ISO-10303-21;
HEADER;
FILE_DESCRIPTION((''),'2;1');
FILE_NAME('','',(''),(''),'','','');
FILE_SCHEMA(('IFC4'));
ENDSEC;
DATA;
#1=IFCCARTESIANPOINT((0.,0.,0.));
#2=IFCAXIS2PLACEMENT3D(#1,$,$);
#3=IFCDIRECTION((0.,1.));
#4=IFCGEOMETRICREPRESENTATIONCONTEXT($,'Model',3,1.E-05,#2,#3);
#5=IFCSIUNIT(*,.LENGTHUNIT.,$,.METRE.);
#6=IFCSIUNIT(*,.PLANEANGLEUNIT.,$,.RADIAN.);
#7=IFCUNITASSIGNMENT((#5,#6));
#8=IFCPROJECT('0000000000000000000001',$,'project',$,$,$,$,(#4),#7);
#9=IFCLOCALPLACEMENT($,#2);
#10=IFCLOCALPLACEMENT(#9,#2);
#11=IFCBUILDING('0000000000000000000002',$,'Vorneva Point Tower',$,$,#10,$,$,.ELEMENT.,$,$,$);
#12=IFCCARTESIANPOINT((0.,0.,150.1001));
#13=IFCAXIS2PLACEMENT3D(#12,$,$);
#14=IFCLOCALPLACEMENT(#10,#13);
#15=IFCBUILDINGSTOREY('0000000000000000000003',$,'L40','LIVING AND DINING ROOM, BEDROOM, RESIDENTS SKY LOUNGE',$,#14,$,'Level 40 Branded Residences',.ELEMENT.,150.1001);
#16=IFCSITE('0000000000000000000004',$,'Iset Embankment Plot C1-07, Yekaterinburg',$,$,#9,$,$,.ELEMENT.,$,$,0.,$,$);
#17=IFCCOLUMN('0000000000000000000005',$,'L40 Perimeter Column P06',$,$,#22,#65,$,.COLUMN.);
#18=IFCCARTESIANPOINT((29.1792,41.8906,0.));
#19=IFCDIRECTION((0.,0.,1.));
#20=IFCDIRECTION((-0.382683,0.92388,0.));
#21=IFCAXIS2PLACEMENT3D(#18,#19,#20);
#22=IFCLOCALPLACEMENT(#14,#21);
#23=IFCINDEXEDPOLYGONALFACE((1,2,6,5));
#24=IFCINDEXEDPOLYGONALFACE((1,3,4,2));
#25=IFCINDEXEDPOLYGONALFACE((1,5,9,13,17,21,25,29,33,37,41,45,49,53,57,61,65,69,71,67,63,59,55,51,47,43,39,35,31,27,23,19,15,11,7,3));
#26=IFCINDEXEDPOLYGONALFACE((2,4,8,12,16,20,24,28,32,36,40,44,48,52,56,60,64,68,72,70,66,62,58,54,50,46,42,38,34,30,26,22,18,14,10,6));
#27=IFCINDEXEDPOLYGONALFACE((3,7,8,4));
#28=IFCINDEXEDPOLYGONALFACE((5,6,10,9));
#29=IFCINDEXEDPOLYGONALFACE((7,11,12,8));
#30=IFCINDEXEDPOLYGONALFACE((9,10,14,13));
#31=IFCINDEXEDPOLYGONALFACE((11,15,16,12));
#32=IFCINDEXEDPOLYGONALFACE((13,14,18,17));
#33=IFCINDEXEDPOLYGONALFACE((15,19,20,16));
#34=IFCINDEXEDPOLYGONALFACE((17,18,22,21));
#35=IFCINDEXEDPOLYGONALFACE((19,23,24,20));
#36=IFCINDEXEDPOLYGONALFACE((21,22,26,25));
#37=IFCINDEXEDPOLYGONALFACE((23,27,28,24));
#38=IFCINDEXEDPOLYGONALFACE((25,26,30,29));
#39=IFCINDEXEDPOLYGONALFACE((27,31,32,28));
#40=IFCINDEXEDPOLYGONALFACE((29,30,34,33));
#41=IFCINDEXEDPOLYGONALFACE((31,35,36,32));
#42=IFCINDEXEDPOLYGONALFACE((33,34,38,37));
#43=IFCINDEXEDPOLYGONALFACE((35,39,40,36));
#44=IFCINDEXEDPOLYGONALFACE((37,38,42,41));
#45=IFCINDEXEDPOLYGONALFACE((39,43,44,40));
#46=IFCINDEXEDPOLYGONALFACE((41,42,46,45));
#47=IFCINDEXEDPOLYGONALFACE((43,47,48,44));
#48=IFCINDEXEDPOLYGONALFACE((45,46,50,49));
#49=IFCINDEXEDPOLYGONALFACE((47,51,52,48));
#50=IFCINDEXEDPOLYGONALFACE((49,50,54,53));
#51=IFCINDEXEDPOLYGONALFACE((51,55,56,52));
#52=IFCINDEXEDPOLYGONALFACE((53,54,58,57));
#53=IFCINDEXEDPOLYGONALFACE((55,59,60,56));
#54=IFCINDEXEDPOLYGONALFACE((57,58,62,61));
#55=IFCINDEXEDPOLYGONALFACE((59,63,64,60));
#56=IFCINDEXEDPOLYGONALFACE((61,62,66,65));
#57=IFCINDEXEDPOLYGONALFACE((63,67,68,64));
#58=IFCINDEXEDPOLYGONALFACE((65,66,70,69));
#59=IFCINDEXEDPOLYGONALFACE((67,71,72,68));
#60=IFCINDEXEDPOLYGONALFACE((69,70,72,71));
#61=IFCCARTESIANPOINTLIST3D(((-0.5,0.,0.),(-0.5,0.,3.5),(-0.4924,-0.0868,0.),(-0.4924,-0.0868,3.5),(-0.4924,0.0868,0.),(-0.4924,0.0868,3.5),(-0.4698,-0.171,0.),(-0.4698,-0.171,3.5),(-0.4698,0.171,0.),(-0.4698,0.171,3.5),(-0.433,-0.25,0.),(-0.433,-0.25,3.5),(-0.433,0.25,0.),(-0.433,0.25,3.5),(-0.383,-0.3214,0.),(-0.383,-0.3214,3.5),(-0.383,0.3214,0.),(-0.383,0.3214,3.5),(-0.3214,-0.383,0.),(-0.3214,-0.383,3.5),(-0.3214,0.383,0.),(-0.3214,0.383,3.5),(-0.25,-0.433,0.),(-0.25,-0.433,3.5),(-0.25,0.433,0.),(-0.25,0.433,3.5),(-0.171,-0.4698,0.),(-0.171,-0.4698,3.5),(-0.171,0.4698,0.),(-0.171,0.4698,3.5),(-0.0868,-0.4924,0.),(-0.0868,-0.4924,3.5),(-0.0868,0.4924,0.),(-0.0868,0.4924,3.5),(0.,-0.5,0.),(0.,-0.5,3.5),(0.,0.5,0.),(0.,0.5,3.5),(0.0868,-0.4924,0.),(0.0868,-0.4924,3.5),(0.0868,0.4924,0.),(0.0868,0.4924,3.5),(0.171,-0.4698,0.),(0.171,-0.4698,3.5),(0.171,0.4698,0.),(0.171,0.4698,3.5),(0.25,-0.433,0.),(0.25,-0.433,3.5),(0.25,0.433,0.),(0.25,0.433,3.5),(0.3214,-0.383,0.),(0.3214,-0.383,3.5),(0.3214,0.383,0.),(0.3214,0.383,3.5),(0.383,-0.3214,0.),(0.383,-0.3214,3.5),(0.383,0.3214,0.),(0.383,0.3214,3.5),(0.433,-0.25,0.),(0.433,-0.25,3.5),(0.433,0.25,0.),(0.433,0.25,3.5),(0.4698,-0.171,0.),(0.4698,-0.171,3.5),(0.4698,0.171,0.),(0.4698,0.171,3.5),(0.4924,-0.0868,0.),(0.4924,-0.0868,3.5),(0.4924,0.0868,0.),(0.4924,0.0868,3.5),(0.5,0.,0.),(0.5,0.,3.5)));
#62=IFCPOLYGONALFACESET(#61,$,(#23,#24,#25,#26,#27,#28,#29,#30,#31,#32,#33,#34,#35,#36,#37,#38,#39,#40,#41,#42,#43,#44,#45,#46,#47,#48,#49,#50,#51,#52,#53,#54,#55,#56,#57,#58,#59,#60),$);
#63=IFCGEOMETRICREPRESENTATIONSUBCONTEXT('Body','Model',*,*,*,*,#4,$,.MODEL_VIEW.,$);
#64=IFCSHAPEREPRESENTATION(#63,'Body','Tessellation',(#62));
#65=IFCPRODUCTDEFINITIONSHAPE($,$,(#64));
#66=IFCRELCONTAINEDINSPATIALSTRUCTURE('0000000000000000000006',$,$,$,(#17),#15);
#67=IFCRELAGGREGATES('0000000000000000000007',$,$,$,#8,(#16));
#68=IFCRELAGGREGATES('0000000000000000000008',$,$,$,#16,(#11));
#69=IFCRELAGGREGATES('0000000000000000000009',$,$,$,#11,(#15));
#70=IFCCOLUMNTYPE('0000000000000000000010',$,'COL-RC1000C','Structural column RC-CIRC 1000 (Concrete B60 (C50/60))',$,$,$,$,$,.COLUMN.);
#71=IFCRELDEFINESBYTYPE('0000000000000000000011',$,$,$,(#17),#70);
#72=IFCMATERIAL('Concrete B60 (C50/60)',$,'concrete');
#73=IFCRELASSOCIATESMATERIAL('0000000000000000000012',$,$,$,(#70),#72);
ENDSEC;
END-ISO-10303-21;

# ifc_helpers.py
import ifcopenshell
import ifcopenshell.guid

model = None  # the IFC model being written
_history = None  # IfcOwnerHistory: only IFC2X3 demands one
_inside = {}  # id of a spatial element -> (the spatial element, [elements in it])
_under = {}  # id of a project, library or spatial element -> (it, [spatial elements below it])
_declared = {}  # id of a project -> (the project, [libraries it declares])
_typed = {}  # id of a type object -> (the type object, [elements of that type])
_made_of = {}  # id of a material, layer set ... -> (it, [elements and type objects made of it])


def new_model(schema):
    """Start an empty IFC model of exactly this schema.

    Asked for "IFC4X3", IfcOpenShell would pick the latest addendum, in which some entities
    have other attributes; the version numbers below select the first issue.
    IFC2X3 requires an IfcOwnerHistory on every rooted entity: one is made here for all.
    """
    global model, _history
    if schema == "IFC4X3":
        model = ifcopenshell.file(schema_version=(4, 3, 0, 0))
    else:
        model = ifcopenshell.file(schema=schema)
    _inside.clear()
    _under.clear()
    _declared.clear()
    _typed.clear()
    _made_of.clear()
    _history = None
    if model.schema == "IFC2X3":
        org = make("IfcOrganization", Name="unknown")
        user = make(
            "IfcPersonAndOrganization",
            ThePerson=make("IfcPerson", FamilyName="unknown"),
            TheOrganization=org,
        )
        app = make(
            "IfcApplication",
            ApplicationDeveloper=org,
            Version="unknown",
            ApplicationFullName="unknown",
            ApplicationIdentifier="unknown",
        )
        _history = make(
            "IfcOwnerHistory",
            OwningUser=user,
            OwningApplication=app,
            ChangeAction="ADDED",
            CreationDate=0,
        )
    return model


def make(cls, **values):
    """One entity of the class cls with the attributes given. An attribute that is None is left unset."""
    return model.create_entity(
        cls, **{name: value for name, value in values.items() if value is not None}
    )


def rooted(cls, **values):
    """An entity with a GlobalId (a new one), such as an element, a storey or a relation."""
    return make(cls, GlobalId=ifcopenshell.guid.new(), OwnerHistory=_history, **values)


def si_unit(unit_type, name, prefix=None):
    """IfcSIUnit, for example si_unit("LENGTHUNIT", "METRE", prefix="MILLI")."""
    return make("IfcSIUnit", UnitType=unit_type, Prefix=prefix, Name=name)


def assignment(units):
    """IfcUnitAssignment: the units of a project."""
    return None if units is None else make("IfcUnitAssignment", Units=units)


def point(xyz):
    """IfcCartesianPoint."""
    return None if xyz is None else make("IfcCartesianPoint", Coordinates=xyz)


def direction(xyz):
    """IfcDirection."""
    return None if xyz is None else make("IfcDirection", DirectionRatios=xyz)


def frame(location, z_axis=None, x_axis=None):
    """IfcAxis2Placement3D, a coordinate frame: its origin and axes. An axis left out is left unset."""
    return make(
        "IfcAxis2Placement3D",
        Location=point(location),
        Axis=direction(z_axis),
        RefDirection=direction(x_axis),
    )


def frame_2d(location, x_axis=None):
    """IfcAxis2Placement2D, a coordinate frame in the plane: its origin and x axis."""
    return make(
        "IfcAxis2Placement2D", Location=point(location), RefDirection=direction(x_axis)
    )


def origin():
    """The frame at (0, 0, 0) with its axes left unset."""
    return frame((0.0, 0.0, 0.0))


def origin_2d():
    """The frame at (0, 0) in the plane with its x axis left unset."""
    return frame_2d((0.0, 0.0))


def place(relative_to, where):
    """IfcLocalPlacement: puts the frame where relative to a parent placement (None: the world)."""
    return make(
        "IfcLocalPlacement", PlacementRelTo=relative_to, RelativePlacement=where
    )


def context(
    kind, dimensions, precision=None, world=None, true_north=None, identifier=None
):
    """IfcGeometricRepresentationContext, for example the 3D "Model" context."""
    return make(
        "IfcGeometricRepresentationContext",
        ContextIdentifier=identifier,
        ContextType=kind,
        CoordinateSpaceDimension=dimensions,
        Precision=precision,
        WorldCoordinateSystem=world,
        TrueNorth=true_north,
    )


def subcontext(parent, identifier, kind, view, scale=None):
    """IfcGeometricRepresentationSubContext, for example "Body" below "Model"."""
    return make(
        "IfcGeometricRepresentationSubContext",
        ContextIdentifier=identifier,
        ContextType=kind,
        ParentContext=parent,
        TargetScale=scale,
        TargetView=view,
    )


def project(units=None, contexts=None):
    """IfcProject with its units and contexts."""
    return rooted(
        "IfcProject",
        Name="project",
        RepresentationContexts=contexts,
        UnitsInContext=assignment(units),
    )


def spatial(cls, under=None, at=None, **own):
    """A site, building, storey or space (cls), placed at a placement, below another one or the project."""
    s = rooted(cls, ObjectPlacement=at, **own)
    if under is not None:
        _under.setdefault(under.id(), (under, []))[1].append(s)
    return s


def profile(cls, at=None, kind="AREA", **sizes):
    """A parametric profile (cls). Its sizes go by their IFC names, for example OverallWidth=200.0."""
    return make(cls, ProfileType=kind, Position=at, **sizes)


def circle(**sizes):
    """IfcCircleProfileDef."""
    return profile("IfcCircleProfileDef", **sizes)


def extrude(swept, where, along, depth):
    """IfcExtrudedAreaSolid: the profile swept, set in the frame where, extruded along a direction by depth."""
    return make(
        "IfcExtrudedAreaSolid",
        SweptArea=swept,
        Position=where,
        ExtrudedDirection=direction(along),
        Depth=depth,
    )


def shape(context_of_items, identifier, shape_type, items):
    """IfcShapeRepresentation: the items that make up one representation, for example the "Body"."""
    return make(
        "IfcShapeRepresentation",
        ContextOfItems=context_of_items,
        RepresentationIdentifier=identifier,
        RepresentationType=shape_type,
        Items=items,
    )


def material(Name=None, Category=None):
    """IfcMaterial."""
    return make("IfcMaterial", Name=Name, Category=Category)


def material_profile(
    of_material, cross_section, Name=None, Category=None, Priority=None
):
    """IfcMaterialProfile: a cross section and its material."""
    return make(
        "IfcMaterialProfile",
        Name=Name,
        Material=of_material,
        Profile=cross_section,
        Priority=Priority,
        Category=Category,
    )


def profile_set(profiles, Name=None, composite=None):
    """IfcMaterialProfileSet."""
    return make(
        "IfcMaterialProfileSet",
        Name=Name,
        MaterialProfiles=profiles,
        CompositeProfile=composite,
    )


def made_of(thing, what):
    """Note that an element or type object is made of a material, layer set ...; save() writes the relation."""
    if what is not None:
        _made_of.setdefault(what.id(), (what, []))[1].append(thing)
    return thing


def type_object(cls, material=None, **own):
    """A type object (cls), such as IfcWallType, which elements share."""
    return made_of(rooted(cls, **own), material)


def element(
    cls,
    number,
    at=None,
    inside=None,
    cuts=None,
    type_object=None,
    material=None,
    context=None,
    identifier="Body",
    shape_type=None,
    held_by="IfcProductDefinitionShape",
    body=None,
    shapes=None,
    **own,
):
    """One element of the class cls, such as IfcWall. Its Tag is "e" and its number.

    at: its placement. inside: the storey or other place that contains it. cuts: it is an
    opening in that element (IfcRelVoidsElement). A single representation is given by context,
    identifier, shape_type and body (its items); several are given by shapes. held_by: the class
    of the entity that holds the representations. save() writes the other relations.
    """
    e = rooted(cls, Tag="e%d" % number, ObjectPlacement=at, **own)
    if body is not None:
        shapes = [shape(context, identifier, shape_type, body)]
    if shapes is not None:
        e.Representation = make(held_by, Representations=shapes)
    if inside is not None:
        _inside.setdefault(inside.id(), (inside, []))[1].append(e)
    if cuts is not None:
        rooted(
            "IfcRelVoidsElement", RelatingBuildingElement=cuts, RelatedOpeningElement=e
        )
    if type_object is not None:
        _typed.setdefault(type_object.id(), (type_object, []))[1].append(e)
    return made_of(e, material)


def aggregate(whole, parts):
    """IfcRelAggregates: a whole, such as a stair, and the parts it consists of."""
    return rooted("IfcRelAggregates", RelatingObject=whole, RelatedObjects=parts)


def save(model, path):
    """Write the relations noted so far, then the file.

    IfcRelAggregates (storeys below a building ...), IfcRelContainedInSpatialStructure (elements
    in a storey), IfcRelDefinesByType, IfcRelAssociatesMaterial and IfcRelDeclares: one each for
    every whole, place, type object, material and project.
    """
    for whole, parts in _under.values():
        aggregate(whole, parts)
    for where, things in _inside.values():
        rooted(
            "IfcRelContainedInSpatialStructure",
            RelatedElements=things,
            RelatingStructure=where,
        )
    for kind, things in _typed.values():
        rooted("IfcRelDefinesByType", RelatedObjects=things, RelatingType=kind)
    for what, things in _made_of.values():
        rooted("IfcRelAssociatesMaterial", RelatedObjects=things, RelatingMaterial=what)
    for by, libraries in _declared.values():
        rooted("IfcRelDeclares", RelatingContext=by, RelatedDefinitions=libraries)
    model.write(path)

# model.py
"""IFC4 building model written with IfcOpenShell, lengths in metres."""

from ifc_helpers import new_model, si_unit, direction, frame, origin, origin_2d, place, context, subcontext, project, spatial, circle, extrude, material, material_profile, profile_set, type_object, element, save


model = new_model("IFC4")

# Units and contexts
model_context = context("Model", 3, precision=1e-05, world=origin(), true_north=direction((0.0, 1.0)))
body_context = subcontext(model_context, "Body", "Model", "MODEL_VIEW")
ifc_project = project(units=[si_unit("LENGTHUNIT", "METRE"), si_unit("PLANEANGLEUNIT", "RADIAN")], contexts=[model_context])

# Site, building, storey
site_placement = place(None, origin())
site = spatial("IfcSite", under=ifc_project, at=site_placement, Name="Iset Embankment Plot C1-07, Yekaterinburg", CompositionType="ELEMENT", RefElevation=0.0)
building_placement = place(site_placement, origin())
building = spatial("IfcBuilding", under=site, at=building_placement, Name="Vorneva Point Tower", CompositionType="ELEMENT")
storey_placement = place(building_placement, frame((0.0, 0.0, 150.1001)))
storey = spatial("IfcBuildingStorey", under=building, at=storey_placement, Name="L40", Description="LIVING AND DINING ROOM, BEDROOM, RESIDENTS SKY LOUNGE", LongName="Level 40 Branded Residences", CompositionType="ELEMENT", Elevation=150.1001)

# Column
ifc_material_1 = material(Name="Concrete B60 (C50/60)", Category="concrete")
ifc_material_profile_1 = material_profile(ifc_material_1, circle(Radius=0.5, at=origin_2d()), Name="RC-CIRC 1000")
ifc_profile_set_1 = profile_set([ifc_material_profile_1], Name="Concrete B60 (C50/60)")
column_type = type_object("IfcColumnType", Name="COL-RC1000C", Description="Structural column RC-CIRC 1000 (Concrete B60 (C50/60))", PredefinedType="COLUMN", material=ifc_profile_set_1)
column_placement = place(storey_placement, frame((29.1792, 41.8906, 0.0), z_axis=(0.0, 0.0, 1.0), x_axis=(-0.382683, 0.92388, 0.0)))
element("IfcColumn", 1, at=column_placement, inside=storey, type_object=column_type, Name="L40 Perimeter Column P06", PredefinedType="COLUMN", context=body_context, shape_type="SweptSolid", body=[
    extrude(circle(Radius=0.5, at=origin_2d()), origin(), (0.0, 0.0, 1.0), 3.5),
])

save(model, "model.ifc")
